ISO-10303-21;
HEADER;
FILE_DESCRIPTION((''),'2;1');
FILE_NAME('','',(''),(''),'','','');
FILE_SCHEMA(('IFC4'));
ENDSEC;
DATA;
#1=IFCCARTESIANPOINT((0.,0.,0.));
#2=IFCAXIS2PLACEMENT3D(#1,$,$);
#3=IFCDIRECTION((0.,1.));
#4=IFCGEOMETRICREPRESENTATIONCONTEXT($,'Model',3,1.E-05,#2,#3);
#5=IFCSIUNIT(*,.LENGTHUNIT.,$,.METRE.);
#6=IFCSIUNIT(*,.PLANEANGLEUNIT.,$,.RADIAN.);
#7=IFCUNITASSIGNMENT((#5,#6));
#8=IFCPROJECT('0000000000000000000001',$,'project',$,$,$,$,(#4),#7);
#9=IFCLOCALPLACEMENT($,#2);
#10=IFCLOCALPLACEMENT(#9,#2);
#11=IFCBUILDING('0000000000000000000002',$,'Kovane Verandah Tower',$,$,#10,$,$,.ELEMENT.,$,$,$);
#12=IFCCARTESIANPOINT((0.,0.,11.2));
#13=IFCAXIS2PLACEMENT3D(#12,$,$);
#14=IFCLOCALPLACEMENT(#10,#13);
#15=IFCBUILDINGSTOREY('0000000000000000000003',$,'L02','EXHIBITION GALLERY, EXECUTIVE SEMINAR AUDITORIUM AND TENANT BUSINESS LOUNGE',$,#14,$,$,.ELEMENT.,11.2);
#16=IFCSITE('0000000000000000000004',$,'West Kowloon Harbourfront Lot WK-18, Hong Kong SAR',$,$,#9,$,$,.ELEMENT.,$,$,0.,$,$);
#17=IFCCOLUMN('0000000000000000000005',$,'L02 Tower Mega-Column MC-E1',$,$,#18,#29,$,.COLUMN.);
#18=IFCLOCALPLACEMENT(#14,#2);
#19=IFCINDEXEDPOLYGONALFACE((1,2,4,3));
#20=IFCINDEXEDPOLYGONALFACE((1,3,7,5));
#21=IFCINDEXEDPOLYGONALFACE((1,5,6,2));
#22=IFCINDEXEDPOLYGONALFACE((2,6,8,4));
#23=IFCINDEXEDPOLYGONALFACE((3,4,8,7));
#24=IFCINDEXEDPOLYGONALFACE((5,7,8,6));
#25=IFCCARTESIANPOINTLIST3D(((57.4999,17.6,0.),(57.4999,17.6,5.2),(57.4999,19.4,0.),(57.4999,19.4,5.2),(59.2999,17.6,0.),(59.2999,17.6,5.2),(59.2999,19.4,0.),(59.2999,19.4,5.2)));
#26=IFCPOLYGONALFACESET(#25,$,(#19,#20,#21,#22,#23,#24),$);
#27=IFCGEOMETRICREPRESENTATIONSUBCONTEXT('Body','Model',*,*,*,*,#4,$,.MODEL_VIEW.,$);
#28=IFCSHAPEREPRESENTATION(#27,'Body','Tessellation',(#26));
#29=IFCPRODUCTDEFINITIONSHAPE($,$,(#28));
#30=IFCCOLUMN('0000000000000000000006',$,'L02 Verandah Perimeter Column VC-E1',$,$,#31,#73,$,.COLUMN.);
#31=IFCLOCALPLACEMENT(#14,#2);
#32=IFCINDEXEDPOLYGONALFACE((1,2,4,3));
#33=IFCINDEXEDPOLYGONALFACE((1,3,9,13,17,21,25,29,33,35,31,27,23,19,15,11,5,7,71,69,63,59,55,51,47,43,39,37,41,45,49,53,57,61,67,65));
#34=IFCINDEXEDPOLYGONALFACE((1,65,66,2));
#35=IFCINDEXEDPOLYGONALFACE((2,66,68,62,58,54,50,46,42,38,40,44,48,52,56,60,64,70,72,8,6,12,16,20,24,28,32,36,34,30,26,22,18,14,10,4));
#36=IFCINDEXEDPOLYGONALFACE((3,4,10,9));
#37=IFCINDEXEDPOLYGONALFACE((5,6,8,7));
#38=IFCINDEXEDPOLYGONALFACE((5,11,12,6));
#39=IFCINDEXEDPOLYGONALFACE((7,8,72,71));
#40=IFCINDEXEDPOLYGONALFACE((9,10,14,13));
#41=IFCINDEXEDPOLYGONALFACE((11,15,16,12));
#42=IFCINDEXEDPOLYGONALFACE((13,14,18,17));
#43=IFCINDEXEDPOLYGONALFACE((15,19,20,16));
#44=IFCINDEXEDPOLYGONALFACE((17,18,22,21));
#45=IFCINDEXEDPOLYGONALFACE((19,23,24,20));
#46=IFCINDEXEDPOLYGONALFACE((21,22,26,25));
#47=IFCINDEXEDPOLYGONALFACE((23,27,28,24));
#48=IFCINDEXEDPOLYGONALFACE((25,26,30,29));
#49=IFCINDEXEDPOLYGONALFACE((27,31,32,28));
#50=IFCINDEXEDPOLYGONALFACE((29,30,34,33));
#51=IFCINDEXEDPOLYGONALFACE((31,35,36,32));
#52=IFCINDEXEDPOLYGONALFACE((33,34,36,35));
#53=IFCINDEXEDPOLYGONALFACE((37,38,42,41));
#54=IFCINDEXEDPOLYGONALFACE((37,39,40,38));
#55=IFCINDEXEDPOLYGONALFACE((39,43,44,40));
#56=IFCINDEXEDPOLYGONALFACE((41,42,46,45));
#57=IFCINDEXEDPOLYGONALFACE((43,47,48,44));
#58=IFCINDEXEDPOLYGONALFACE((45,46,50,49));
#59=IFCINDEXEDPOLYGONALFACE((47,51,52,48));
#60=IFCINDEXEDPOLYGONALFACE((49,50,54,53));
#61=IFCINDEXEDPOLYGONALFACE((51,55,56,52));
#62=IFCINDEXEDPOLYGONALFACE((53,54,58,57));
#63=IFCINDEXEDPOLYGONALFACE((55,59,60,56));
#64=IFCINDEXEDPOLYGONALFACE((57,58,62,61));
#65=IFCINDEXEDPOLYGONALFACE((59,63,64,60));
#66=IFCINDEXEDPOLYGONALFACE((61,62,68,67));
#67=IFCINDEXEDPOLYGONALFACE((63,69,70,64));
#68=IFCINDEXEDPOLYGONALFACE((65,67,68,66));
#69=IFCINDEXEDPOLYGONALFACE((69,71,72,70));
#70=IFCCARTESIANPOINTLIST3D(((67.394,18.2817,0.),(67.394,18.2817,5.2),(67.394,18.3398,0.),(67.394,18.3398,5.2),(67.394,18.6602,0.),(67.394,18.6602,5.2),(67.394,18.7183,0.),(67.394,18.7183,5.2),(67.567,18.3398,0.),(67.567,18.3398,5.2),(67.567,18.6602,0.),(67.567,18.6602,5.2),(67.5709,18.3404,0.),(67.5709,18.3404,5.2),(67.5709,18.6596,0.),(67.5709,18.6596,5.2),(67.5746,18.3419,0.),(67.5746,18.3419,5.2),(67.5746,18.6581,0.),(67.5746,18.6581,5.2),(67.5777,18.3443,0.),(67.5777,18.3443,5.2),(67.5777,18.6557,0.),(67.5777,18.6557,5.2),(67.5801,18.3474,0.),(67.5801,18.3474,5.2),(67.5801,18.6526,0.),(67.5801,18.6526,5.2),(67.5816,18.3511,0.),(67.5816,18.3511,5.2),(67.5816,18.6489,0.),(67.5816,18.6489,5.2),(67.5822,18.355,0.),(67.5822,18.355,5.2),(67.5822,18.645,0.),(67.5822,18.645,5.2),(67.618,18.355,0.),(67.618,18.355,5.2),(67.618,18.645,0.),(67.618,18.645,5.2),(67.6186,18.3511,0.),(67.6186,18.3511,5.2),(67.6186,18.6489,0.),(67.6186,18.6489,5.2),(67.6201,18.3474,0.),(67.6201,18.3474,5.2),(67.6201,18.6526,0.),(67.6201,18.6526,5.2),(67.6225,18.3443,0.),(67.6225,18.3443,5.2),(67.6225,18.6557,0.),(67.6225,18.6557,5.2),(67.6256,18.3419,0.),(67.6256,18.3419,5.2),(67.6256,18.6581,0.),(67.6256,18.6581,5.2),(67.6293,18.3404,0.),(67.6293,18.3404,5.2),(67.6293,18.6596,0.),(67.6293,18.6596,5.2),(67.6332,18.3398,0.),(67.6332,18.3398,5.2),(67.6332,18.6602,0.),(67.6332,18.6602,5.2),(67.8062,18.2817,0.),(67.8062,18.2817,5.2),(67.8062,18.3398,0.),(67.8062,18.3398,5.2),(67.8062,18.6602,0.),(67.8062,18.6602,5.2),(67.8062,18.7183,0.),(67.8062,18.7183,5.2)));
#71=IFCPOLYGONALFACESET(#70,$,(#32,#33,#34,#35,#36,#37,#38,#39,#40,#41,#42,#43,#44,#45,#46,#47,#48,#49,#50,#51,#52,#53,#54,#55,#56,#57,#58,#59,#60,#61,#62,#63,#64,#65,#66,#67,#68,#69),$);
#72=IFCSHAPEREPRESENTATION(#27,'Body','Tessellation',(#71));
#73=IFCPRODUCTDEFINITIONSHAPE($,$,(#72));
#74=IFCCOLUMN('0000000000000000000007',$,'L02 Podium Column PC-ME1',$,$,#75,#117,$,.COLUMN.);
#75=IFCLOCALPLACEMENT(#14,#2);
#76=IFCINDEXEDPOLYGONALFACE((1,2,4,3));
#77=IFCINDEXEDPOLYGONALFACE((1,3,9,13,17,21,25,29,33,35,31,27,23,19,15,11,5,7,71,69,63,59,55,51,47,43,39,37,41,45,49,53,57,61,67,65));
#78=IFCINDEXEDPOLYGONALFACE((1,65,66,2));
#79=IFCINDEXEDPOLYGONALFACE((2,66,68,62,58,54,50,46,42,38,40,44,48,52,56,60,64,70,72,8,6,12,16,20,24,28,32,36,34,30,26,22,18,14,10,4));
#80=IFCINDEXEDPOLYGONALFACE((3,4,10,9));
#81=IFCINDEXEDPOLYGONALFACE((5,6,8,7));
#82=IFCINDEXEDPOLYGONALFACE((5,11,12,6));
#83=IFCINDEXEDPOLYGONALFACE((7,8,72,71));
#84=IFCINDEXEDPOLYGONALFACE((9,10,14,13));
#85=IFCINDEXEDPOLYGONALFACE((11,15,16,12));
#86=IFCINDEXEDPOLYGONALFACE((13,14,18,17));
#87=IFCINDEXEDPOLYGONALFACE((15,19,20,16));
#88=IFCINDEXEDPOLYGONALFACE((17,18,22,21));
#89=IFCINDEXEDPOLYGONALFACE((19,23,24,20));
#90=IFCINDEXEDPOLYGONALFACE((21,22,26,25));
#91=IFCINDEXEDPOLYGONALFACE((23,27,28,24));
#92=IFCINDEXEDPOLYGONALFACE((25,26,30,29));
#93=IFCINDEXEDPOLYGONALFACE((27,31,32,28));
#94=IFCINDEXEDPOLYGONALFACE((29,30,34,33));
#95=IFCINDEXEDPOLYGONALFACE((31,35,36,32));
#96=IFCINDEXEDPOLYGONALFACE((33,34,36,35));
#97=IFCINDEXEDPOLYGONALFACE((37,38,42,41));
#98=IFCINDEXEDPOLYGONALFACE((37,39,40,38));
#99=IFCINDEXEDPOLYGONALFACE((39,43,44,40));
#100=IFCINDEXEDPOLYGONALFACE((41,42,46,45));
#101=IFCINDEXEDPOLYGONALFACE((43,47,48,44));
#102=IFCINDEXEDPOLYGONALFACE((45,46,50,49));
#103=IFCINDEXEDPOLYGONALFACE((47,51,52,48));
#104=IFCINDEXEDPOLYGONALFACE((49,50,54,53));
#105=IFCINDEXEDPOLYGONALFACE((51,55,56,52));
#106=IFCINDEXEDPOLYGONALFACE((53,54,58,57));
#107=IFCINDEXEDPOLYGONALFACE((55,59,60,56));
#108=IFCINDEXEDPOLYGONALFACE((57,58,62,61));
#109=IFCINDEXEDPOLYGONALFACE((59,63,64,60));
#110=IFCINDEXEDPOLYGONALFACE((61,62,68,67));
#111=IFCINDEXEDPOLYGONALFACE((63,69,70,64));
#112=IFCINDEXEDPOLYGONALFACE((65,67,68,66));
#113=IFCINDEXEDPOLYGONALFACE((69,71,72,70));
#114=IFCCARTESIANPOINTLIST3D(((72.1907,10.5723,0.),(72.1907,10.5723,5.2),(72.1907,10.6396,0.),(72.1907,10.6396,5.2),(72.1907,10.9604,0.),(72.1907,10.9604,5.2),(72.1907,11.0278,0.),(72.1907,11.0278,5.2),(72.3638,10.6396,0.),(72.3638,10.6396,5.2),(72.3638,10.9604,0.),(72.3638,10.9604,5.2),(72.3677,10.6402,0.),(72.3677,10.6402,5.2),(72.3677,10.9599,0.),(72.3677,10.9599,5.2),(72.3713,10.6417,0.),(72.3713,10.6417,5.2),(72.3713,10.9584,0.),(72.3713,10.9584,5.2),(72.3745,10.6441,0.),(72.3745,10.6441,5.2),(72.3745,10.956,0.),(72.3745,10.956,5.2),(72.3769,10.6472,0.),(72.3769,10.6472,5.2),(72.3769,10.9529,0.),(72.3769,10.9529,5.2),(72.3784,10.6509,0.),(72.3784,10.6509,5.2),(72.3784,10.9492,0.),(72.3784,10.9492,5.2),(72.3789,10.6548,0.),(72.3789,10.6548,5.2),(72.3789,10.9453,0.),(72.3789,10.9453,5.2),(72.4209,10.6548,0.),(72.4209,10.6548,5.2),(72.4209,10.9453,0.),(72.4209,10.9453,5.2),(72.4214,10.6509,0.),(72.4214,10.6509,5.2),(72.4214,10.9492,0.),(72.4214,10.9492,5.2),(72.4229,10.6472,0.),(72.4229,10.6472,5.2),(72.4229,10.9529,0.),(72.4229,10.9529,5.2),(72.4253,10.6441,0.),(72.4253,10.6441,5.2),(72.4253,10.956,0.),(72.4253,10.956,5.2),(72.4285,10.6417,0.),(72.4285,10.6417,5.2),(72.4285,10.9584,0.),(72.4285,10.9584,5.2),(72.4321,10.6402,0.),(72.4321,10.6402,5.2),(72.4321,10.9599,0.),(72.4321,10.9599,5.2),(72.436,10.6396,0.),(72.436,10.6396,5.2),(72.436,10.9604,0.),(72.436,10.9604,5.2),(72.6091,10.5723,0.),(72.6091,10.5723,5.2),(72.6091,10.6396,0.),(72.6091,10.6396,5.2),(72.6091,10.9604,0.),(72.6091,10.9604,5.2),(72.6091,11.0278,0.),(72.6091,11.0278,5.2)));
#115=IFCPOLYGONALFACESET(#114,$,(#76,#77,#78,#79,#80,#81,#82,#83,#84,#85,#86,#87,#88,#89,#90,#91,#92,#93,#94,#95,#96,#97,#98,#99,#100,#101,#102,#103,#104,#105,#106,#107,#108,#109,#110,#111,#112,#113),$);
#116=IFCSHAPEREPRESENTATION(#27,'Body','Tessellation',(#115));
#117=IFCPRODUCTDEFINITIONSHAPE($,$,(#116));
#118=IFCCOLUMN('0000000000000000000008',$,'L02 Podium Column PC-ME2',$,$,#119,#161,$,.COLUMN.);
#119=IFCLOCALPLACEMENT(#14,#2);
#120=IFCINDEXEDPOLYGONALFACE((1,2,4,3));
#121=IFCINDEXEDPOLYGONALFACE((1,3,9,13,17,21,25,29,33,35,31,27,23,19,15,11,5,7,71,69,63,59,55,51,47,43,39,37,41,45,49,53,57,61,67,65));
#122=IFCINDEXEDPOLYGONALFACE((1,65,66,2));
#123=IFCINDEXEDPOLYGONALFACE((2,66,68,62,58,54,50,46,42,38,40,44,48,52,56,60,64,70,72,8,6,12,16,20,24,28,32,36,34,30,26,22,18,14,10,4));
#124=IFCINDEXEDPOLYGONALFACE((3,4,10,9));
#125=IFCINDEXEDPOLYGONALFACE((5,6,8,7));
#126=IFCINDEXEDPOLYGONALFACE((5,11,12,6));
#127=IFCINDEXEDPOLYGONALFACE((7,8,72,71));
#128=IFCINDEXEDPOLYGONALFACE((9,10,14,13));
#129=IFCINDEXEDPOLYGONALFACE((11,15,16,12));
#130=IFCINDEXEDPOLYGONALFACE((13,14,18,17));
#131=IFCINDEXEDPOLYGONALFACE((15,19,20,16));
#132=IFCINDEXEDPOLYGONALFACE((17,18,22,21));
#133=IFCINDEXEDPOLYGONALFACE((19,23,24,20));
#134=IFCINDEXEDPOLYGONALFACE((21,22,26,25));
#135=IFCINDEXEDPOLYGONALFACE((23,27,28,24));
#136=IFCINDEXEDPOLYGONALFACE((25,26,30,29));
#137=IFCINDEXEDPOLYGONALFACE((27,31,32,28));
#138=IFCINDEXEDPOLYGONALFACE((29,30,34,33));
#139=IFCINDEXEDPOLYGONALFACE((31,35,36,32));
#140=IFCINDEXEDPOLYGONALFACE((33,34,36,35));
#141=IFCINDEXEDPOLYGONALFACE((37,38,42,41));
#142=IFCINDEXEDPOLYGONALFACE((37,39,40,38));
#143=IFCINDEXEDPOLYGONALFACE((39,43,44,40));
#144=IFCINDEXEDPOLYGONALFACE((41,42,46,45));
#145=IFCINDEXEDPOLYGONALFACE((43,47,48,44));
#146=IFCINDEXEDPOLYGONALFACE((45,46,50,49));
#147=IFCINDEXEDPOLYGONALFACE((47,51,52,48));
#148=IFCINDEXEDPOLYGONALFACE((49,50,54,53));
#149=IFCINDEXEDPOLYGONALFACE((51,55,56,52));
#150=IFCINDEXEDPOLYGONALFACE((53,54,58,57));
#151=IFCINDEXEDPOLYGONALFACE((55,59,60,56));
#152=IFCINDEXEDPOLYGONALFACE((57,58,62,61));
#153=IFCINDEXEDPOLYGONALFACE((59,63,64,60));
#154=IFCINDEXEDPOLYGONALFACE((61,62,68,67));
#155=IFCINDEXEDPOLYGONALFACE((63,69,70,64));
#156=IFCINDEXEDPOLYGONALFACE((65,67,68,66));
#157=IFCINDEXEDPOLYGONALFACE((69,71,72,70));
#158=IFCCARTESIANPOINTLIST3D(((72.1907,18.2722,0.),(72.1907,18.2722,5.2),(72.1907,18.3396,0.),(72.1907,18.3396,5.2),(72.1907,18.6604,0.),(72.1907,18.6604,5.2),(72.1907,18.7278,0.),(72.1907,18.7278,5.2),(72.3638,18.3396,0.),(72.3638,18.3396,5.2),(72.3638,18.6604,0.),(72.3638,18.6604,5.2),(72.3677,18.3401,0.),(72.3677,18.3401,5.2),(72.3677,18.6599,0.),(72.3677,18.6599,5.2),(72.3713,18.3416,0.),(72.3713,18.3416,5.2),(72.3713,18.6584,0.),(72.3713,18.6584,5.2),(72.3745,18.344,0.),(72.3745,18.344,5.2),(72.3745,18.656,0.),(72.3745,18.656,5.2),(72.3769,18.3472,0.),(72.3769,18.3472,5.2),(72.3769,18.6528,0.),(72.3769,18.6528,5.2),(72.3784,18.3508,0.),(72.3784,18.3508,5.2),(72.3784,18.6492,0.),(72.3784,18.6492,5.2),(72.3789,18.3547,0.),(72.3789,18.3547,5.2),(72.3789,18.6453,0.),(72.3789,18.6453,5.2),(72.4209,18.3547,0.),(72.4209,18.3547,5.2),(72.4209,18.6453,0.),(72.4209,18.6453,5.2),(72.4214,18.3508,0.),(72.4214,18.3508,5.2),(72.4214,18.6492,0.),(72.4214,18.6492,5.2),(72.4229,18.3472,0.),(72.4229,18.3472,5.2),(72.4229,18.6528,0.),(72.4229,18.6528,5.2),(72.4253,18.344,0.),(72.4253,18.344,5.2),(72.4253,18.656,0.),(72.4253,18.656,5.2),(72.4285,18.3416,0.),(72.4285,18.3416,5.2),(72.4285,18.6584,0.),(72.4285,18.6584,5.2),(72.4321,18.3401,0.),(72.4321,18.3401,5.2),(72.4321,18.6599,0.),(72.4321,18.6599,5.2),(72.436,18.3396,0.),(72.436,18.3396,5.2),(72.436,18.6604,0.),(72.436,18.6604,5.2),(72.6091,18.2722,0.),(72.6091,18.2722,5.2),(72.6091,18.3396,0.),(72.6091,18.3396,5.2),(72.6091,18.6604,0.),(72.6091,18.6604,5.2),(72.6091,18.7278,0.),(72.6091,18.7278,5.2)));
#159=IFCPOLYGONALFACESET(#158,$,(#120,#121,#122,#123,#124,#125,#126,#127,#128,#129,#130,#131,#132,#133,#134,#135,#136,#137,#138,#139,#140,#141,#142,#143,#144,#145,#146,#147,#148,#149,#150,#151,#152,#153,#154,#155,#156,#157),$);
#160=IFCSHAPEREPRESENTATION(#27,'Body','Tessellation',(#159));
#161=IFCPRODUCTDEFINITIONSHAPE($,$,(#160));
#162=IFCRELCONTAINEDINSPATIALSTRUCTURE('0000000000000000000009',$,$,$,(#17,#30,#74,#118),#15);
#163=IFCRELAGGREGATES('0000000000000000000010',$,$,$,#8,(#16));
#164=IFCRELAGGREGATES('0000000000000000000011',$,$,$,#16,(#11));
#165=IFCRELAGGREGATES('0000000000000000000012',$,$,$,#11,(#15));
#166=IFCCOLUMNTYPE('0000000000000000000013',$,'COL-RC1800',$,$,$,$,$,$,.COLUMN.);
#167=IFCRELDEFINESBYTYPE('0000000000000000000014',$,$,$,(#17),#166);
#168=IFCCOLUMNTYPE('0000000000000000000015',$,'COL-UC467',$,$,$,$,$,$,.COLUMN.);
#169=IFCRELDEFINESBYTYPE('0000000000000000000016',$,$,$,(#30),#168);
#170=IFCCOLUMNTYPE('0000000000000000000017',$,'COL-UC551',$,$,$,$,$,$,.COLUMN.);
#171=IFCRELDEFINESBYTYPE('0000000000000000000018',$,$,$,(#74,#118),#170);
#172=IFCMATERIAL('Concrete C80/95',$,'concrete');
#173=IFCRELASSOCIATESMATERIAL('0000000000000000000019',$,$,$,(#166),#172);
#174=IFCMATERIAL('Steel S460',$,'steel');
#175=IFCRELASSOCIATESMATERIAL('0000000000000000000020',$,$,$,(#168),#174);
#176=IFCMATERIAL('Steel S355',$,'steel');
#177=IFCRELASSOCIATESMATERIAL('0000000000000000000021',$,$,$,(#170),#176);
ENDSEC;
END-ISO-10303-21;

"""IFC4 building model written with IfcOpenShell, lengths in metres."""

from ifc_helpers import new_model, si_unit, direction, frame, origin, origin_2d, place, context, subcontext, project, spatial, rectangle, i_section, extrude, material, material_profile, profile_set, type_object, element, save


model = new_model("IFC4")

# Units and contexts
model_context = context("Model", 3, precision=1e-05, world=origin(), true_north=direction((0.0, 1.0)))
body_context = subcontext(model_context, "Body", "Model", "MODEL_VIEW")
ifc_project = project(units=[si_unit("LENGTHUNIT", "METRE"), si_unit("PLANEANGLEUNIT", "RADIAN")], contexts=[model_context])

# Site, building, storey
site_placement = place(None, origin())
site = spatial("IfcSite", under=ifc_project, at=site_placement, Name="West Kowloon Harbourfront Lot WK-18, Hong Kong SAR", CompositionType="ELEMENT", RefElevation=0.0)
building_placement = place(site_placement, origin())
building = spatial("IfcBuilding", under=site, at=building_placement, Name="Kovane Verandah Tower", CompositionType="ELEMENT")
storey_placement = place(building_placement, frame((0.0, 0.0, 11.2)))
storey = spatial("IfcBuildingStorey", under=building, at=storey_placement, Name="L02", Description="EXHIBITION GALLERY, EXECUTIVE SEMINAR AUDITORIUM AND TENANT BUSINESS LOUNGE", CompositionType="ELEMENT", Elevation=11.2)

# Columns
ifc_material_1 = material(Name="Concrete C80/95", Category="concrete")
ifc_material_profile_1 = material_profile(ifc_material_1, rectangle(XDim=1.8, YDim=1.8, at=origin_2d()), Name="RC1800x1800")
ifc_profile_set_1 = profile_set([ifc_material_profile_1], Name="Concrete C80/95")
column_type_1 = type_object("IfcColumnType", Name="COL-RC1800", PredefinedType="COLUMN", material=ifc_profile_set_1)
column_1_placement = place(storey_placement, frame((58.3999, 18.5, 0.0), z_axis=(0.0, 0.0, 1.0), x_axis=(1.0, 0.0, 0.0)))
element("IfcColumn", 1, at=column_1_placement, inside=storey, type_object=column_type_1, Name="L02 Tower Mega-Column MC-E1", PredefinedType="COLUMN", context=body_context, shape_type="SweptSolid", body=[
    extrude(rectangle(XDim=1.8, YDim=1.8, at=origin_2d()), origin(), (0.0, 0.0, 1.0), 5.2),
])
ifc_material_2 = material(Name="Steel S460", Category="steel")
ifc_material_profile_2 = material_profile(ifc_material_2, i_section(OverallWidth=0.4121, OverallDepth=0.4365, WebThickness=0.0359, FlangeThickness=0.0581, FilletRadius=0.0151, at=origin_2d()), Name="UC356x406x467")
ifc_profile_set_2 = profile_set([ifc_material_profile_2], Name="Steel S460")
column_type_2 = type_object("IfcColumnType", Name="COL-UC467", PredefinedType="COLUMN", material=ifc_profile_set_2)
column_2_placement = place(storey_placement, frame((67.6001, 18.5, 0.0), z_axis=(0.0, 0.0, 1.0), x_axis=(1.0, 0.0, 0.0)))
element("IfcColumn", 2, at=column_2_placement, inside=storey, type_object=column_type_2, Name="L02 Verandah Perimeter Column VC-E1", PredefinedType="COLUMN", context=body_context, shape_type="SweptSolid", body=[
    extrude(i_section(OverallWidth=0.4121, OverallDepth=0.4365, WebThickness=0.0359, FlangeThickness=0.0581, FilletRadius=0.0151, at=origin_2d()), origin(), (0.0, 0.0, 1.0), 5.2),
])
ifc_material_3 = material(Name="Steel S355", Category="steel")
ifc_material_profile_3 = material_profile(ifc_material_3, i_section(OverallWidth=0.4185, OverallDepth=0.4556, WebThickness=0.042, FlangeThickness=0.0674, FilletRadius=0.0151, at=origin_2d()), Name="UC356x406x551")
ifc_profile_set_3 = profile_set([ifc_material_profile_3], Name="Steel S355")
column_type_3 = type_object("IfcColumnType", Name="COL-UC551", PredefinedType="COLUMN", material=ifc_profile_set_3)
for number, where, z_axis, x_axis, name in (
    (3, (72.3999, 10.8, 0.0), (0.0, 0.0, 1.0), (1.0, 0.0, 0.0), "L02 Podium Column PC-ME1"),
    (4, (72.3999, 18.5, 0.0), (0.0, 0.0, 1.0), (1.0, 0.0, 0.0), "L02 Podium Column PC-ME2"),
):
    element("IfcColumn", number, at=place(storey_placement, frame(where, z_axis=z_axis, x_axis=x_axis)), inside=storey, type_object=column_type_3, Name=name, PredefinedType="COLUMN", context=body_context, shape_type="SweptSolid", body=[
        extrude(i_section(OverallWidth=0.4185, OverallDepth=0.4556, WebThickness=0.042, FlangeThickness=0.0674, FilletRadius=0.0151, at=origin_2d()), origin(), (0.0, 0.0, 1.0), 5.2),
    ])

save(model, "model.ifc")
